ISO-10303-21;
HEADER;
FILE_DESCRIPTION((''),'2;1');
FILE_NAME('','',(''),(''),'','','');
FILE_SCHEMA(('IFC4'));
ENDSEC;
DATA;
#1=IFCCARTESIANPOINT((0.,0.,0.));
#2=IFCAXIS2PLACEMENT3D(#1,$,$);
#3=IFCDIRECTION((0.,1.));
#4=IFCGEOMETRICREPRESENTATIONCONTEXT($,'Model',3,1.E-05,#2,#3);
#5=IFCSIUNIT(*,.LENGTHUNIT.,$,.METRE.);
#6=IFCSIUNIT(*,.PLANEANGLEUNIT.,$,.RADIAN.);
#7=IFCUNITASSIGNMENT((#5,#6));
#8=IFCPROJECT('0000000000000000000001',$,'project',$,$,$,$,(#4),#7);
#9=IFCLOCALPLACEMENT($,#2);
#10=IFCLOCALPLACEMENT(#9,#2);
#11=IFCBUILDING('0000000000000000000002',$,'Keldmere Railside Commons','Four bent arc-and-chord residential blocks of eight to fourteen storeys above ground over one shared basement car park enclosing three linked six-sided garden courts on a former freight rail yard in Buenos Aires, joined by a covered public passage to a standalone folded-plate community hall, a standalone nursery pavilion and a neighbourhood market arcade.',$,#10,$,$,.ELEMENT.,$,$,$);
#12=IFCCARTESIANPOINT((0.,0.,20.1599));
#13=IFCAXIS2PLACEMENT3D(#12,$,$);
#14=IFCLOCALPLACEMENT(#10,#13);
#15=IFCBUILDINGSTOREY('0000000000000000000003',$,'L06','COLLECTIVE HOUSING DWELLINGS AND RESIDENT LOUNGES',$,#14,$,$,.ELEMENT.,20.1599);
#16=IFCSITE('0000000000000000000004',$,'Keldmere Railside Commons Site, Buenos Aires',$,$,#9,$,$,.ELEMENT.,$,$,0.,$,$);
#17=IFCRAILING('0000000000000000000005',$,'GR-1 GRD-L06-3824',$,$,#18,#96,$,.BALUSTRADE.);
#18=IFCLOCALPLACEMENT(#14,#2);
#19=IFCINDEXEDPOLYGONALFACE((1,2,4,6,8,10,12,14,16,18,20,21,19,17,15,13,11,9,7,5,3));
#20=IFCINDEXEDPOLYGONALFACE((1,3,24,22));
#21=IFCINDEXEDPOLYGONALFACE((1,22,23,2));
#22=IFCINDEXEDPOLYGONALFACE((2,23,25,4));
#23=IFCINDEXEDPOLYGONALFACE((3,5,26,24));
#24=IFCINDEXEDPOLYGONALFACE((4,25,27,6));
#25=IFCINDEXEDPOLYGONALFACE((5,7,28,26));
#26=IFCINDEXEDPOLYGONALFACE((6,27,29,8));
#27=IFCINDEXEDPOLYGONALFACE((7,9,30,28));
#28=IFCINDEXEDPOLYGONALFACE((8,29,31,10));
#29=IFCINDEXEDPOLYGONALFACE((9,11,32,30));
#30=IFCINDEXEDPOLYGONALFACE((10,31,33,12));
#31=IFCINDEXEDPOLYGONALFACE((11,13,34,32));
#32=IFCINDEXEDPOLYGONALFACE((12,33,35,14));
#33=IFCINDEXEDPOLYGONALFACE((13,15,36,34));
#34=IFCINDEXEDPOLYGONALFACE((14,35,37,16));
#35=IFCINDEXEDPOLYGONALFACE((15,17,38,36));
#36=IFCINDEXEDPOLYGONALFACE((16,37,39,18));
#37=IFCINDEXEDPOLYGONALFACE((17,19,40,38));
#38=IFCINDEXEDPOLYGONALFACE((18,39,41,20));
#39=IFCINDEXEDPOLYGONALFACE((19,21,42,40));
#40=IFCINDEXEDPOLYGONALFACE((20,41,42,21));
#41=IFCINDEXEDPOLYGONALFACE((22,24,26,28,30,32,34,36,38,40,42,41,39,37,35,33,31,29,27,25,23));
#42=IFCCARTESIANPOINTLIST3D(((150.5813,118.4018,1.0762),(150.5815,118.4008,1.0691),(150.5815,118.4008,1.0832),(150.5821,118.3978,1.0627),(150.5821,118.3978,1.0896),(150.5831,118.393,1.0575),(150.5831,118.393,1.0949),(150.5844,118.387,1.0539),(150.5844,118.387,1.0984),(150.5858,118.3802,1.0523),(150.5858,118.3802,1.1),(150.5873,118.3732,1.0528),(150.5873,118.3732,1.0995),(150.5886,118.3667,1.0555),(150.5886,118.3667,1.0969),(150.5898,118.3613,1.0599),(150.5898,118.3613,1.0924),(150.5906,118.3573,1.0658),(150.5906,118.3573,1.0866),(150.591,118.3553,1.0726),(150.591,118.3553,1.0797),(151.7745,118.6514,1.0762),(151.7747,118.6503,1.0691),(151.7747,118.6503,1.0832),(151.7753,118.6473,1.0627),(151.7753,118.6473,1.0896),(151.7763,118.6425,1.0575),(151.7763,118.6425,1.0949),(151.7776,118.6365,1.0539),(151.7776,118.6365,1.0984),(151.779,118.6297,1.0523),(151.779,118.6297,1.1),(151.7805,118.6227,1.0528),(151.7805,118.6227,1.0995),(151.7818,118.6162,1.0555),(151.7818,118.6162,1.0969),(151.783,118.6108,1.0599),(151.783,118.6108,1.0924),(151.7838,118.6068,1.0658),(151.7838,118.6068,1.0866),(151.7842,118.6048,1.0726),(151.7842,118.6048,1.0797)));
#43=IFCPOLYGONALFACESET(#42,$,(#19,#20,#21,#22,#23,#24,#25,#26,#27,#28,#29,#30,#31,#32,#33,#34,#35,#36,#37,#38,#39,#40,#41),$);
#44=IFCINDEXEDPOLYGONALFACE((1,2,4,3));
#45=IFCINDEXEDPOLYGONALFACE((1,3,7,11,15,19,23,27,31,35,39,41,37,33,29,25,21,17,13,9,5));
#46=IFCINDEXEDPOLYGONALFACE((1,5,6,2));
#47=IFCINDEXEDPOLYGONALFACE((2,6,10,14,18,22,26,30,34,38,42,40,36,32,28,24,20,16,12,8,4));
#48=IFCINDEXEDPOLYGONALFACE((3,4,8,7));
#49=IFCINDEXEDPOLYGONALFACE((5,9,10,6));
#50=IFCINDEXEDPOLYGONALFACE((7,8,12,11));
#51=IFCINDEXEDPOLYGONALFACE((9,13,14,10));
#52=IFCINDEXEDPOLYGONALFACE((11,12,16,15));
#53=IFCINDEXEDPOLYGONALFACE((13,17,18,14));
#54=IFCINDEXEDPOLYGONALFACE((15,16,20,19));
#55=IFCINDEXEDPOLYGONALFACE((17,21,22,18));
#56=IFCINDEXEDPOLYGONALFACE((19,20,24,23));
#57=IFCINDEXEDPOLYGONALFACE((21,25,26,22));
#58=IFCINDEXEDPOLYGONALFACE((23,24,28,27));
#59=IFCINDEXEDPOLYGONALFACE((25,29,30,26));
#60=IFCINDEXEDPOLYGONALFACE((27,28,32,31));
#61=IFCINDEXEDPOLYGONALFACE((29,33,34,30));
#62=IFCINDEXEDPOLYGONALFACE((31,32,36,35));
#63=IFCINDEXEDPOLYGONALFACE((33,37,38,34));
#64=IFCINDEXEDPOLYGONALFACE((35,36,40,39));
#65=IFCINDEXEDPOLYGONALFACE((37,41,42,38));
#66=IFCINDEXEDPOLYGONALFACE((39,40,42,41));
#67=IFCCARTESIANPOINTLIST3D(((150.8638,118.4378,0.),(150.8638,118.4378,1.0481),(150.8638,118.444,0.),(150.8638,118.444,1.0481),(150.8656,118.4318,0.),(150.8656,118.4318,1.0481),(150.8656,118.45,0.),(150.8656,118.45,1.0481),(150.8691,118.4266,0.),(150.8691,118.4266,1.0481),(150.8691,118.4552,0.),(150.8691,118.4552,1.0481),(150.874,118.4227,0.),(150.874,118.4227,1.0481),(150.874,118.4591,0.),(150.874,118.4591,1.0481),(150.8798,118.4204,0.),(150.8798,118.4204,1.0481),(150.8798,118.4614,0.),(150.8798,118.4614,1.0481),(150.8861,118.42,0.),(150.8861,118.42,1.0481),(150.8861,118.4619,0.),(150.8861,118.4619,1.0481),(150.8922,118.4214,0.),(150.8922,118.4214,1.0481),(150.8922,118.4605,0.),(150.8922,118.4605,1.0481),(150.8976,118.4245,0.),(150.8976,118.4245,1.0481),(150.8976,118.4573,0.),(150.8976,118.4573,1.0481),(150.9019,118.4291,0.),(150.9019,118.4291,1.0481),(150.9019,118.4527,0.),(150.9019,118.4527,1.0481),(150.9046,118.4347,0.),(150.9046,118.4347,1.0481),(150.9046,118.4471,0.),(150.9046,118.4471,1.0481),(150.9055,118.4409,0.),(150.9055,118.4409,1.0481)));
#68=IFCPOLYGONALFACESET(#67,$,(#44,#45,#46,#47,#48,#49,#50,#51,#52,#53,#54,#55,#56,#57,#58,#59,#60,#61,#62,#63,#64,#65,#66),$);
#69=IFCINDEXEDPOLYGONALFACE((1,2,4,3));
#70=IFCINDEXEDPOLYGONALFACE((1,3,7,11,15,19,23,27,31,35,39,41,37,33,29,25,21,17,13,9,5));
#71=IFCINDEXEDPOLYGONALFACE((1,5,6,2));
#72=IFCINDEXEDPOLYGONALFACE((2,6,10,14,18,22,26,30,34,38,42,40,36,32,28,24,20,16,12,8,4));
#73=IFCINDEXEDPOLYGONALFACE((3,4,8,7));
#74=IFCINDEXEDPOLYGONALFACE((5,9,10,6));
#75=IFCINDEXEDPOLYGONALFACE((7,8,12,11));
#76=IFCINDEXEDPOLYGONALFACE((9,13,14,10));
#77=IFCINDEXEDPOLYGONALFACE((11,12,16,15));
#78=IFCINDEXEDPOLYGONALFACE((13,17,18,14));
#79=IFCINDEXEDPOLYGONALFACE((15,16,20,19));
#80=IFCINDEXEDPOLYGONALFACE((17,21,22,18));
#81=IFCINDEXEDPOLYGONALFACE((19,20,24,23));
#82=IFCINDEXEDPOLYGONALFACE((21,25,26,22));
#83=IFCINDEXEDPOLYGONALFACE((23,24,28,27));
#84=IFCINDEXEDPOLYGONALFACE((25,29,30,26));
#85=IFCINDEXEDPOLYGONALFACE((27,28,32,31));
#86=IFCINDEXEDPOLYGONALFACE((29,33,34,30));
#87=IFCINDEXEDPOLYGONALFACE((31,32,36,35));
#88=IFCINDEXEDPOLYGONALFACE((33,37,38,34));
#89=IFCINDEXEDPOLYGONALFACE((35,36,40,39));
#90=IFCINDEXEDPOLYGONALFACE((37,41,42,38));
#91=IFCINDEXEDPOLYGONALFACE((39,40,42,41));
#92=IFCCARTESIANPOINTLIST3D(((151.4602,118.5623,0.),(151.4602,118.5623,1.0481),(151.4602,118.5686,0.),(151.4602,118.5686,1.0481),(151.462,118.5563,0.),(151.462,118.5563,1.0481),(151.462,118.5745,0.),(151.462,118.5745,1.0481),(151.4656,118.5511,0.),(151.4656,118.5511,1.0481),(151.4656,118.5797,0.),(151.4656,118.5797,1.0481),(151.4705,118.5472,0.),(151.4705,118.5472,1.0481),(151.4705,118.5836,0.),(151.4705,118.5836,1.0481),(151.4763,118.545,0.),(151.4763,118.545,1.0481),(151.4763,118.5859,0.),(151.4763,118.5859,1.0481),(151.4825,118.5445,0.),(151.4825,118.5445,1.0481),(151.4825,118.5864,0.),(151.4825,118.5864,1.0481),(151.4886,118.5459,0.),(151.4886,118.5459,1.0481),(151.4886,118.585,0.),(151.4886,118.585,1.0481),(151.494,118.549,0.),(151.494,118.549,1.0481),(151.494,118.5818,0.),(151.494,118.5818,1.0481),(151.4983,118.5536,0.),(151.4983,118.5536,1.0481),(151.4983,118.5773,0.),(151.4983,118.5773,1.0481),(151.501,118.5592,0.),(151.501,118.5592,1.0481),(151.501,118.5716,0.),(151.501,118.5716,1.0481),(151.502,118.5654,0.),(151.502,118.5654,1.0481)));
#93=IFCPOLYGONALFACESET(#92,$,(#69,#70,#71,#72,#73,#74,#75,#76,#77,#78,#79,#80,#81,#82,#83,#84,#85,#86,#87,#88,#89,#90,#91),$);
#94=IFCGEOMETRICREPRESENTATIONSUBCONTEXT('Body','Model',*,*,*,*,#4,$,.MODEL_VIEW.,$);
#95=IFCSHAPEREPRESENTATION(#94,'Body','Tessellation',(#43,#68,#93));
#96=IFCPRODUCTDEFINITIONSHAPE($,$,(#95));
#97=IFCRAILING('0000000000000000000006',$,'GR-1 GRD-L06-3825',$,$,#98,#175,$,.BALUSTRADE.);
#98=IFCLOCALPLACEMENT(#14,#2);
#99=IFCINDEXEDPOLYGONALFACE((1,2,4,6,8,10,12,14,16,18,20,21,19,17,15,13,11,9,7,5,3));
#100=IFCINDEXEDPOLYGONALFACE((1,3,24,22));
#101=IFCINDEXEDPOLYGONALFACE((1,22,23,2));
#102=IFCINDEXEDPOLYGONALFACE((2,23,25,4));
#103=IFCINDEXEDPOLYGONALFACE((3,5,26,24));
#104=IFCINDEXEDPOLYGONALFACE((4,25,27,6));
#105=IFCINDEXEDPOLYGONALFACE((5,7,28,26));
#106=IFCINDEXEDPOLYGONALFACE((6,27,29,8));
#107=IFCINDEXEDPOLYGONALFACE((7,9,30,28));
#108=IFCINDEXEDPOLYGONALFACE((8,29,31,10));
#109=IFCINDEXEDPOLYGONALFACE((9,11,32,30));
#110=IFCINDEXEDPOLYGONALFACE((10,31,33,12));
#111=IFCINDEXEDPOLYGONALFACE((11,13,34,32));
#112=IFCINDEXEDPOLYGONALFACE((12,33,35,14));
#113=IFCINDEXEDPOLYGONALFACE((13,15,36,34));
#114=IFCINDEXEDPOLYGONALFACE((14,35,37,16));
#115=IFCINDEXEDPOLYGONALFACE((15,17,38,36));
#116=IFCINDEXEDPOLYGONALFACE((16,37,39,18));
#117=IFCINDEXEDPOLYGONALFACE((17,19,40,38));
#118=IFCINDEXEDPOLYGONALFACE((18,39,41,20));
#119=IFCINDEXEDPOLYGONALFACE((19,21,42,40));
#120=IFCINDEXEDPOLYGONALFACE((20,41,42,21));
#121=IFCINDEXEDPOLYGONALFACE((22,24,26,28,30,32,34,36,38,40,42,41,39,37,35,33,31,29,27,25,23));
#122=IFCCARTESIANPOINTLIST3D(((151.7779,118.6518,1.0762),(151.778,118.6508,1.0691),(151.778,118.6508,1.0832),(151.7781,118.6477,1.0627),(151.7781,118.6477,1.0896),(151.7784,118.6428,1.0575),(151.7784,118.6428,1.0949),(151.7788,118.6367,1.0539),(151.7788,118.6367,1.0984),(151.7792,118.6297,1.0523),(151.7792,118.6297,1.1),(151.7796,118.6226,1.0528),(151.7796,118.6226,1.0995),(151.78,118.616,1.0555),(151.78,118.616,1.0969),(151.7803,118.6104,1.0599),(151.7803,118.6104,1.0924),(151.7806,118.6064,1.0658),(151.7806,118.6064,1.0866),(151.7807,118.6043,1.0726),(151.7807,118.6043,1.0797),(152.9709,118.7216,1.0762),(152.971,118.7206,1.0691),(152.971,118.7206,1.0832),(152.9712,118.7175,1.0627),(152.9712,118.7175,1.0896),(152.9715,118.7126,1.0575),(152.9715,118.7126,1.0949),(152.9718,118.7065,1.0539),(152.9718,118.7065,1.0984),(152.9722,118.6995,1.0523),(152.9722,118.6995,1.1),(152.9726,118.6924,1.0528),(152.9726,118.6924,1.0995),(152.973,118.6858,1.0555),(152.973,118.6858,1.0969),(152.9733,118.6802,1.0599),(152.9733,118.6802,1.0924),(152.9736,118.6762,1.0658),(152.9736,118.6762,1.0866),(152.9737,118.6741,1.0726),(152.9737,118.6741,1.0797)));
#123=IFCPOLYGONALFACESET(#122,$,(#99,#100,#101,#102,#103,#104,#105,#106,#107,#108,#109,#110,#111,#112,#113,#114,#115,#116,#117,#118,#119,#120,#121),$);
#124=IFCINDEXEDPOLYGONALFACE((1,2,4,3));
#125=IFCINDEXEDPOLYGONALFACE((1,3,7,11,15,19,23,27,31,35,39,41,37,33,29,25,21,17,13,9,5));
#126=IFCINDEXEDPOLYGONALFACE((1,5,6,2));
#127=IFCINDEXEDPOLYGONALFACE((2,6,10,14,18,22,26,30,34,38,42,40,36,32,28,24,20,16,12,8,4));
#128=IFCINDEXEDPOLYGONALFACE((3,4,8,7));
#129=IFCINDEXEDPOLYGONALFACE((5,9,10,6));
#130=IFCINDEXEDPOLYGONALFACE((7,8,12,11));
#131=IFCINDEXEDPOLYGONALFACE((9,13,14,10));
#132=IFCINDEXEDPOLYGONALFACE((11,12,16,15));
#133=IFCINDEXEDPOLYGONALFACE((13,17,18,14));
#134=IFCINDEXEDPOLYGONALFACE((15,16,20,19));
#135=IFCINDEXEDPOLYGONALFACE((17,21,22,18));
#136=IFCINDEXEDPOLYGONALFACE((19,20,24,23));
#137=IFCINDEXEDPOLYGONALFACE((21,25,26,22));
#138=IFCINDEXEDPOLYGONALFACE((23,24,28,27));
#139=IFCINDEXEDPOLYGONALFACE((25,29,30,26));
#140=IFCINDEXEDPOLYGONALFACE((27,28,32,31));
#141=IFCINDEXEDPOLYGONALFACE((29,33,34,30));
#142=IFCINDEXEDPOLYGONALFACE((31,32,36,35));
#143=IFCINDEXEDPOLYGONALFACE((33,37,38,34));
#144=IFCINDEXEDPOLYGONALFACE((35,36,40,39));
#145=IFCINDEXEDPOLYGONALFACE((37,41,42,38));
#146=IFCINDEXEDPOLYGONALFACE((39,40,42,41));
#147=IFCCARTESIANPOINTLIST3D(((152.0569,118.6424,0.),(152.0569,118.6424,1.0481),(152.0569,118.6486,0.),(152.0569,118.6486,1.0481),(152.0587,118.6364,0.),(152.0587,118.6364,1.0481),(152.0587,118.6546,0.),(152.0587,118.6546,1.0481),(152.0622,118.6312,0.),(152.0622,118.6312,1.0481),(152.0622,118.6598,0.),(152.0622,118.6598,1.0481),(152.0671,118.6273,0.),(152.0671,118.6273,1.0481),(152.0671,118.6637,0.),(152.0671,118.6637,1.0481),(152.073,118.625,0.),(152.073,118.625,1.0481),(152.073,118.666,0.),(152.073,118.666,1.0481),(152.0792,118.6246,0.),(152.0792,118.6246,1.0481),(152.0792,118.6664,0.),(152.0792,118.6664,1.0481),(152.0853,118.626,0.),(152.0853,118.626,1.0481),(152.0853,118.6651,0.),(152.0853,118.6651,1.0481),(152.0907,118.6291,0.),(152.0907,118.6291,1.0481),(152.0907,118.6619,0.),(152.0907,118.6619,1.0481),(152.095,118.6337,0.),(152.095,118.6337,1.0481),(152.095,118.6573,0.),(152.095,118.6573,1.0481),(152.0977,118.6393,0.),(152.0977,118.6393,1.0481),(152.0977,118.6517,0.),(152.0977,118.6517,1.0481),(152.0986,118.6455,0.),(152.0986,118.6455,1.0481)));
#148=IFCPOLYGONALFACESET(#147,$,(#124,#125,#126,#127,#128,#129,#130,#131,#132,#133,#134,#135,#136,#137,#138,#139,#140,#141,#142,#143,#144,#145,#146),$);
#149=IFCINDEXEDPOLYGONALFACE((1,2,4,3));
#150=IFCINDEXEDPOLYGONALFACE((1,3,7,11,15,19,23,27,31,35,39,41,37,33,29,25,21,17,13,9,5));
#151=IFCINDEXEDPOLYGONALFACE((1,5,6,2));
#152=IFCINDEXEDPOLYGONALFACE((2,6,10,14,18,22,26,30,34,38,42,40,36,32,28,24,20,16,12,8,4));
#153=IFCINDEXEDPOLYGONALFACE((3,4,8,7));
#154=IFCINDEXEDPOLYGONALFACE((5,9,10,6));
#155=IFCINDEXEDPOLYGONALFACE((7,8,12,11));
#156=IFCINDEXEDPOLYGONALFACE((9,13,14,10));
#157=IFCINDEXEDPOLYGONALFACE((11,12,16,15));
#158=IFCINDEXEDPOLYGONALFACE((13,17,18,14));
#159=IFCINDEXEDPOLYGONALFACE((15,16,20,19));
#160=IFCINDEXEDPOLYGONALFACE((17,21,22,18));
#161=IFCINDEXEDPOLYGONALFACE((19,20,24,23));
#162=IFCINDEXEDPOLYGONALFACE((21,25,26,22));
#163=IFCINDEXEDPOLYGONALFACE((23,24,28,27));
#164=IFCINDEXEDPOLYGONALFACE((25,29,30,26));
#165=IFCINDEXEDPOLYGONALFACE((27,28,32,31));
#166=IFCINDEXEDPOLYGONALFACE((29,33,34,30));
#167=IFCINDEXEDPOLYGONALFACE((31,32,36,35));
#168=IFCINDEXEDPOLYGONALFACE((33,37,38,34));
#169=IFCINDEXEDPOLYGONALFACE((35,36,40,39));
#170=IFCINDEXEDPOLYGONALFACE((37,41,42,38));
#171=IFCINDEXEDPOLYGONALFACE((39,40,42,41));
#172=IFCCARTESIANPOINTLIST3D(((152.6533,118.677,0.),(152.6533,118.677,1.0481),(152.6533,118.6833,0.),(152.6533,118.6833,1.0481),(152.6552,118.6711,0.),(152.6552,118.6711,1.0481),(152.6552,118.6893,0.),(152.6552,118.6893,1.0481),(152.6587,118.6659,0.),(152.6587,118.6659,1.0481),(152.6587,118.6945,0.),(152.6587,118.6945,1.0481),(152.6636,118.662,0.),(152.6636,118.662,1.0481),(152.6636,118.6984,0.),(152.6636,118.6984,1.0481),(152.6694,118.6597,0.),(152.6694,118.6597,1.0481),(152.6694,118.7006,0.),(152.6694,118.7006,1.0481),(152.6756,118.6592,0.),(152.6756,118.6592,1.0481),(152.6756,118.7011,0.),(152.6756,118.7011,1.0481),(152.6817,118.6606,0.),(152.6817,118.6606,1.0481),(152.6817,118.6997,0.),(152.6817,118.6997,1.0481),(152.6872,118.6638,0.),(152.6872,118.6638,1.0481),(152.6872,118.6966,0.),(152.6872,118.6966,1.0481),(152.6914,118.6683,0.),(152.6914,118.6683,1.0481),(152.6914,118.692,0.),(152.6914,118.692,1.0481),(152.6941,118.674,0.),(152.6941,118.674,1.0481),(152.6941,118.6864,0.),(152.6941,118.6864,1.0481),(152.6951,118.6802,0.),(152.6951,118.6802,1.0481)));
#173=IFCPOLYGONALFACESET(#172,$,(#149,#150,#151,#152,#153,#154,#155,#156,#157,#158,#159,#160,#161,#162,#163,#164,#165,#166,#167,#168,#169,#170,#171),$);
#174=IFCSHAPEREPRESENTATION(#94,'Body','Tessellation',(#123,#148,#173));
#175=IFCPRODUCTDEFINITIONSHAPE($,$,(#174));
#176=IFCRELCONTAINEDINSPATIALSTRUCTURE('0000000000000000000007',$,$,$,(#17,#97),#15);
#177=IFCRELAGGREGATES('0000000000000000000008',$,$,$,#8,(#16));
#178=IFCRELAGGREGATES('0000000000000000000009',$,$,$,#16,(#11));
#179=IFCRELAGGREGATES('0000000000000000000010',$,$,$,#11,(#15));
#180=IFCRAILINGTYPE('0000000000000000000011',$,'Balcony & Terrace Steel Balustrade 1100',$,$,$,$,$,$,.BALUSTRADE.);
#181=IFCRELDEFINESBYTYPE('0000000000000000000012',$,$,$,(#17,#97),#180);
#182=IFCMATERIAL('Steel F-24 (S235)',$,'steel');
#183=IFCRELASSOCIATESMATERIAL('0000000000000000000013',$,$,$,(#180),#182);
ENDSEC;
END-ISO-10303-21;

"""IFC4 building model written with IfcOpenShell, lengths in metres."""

from ifc_helpers import new_model, si_unit, direction, frame, origin, origin_2d, place, context, subcontext, project, spatial, circle, extrude, material, type_object, element, save


model = new_model("IFC4")

# Units and contexts
model_context = context("Model", 3, precision=1e-05, world=origin(), true_north=direction((0.0, 1.0)))
body_context = subcontext(model_context, "Body", "Model", "MODEL_VIEW")
ifc_project = project(units=[si_unit("LENGTHUNIT", "METRE"), si_unit("PLANEANGLEUNIT", "RADIAN")], contexts=[model_context])

# Site, building, storey
site_placement = place(None, origin())
site = spatial("IfcSite", under=ifc_project, at=site_placement, Name="Keldmere Railside Commons Site, Buenos Aires", CompositionType="ELEMENT", RefElevation=0.0)
building_placement = place(site_placement, origin())
building = spatial("IfcBuilding", under=site, at=building_placement, Name="Keldmere Railside Commons", Description="Four bent arc-and-chord residential blocks of eight to fourteen storeys above ground over one shared basement car park enclosing three linked six-sided garden courts on a former freight rail yard in Buenos Aires, joined by a covered public passage to a standalone folded-plate community hall, a standalone nursery pavilion and a neighbourhood market arcade.", CompositionType="ELEMENT")
storey_placement = place(building_placement, frame((0.0, 0.0, 20.1599)))
storey = spatial("IfcBuildingStorey", under=building, at=storey_placement, Name="L06", Description="COLLECTIVE HOUSING DWELLINGS AND RESIDENT LOUNGES", CompositionType="ELEMENT", Elevation=20.1599)

# Shared definitions
ifc_material_1 = material(Name="Steel F-24 (S235)", Category="steel")

# Railings
railing_type_1 = type_object("IfcRailingType", Name="Balcony & Terrace Steel Balustrade 1100", PredefinedType="BALUSTRADE", material=ifc_material_1)
railing_1_placement = place(storey_placement, frame((150.5862, 118.3784, 0.0)))
element("IfcRailing", 1, at=railing_1_placement, inside=storey, type_object=railing_type_1, Name="GR-1 GRD-L06-3824", PredefinedType="BALUSTRADE", context=body_context, shape_type="SweptSolid", body=[
    extrude(circle(Radius=0.0239, at=origin_2d()), frame((0.0, 0.0, 1.0762), z_axis=(0.978825, 0.204698, 0.0), x_axis=(-0.204698, 0.978825, 0.0)), (0.0, 0.0, 1.0), 1.219),
    extrude(circle(Radius=0.021, at=origin_2d()), frame((0.2983, 0.0625, 0.0)), (0.0, 0.0, 1.0), 1.0481),
    extrude(circle(Radius=0.021, at=origin_2d()), frame((0.8948, 0.187, 0.0)), (0.0, 0.0, 1.0), 1.0481),
])
railing_2_placement = place(storey_placement, frame((151.7793, 118.6279, 0.0)))
element("IfcRailing", 2, at=railing_2_placement, inside=storey, type_object=railing_type_1, Name="GR-1 GRD-L06-3825", PredefinedType="BALUSTRADE", context=body_context, shape_type="SweptSolid", body=[
    extrude(circle(Radius=0.0239, at=origin_2d()), frame((0.0, 0.0, 1.0762), z_axis=(0.998292, 0.058423, 0.0), x_axis=(-0.058423, 0.998292, 0.0)), (0.0, 0.0, 1.0), 1.1951),
    extrude(circle(Radius=0.021, at=origin_2d()), frame((0.2983, 0.0176, 0.0)), (0.0, 0.0, 1.0), 1.0481),
    extrude(circle(Radius=0.021, at=origin_2d()), frame((0.8948, 0.0522, 0.0)), (0.0, 0.0, 1.0), 1.0481),
])

save(model, "model.ifc")
